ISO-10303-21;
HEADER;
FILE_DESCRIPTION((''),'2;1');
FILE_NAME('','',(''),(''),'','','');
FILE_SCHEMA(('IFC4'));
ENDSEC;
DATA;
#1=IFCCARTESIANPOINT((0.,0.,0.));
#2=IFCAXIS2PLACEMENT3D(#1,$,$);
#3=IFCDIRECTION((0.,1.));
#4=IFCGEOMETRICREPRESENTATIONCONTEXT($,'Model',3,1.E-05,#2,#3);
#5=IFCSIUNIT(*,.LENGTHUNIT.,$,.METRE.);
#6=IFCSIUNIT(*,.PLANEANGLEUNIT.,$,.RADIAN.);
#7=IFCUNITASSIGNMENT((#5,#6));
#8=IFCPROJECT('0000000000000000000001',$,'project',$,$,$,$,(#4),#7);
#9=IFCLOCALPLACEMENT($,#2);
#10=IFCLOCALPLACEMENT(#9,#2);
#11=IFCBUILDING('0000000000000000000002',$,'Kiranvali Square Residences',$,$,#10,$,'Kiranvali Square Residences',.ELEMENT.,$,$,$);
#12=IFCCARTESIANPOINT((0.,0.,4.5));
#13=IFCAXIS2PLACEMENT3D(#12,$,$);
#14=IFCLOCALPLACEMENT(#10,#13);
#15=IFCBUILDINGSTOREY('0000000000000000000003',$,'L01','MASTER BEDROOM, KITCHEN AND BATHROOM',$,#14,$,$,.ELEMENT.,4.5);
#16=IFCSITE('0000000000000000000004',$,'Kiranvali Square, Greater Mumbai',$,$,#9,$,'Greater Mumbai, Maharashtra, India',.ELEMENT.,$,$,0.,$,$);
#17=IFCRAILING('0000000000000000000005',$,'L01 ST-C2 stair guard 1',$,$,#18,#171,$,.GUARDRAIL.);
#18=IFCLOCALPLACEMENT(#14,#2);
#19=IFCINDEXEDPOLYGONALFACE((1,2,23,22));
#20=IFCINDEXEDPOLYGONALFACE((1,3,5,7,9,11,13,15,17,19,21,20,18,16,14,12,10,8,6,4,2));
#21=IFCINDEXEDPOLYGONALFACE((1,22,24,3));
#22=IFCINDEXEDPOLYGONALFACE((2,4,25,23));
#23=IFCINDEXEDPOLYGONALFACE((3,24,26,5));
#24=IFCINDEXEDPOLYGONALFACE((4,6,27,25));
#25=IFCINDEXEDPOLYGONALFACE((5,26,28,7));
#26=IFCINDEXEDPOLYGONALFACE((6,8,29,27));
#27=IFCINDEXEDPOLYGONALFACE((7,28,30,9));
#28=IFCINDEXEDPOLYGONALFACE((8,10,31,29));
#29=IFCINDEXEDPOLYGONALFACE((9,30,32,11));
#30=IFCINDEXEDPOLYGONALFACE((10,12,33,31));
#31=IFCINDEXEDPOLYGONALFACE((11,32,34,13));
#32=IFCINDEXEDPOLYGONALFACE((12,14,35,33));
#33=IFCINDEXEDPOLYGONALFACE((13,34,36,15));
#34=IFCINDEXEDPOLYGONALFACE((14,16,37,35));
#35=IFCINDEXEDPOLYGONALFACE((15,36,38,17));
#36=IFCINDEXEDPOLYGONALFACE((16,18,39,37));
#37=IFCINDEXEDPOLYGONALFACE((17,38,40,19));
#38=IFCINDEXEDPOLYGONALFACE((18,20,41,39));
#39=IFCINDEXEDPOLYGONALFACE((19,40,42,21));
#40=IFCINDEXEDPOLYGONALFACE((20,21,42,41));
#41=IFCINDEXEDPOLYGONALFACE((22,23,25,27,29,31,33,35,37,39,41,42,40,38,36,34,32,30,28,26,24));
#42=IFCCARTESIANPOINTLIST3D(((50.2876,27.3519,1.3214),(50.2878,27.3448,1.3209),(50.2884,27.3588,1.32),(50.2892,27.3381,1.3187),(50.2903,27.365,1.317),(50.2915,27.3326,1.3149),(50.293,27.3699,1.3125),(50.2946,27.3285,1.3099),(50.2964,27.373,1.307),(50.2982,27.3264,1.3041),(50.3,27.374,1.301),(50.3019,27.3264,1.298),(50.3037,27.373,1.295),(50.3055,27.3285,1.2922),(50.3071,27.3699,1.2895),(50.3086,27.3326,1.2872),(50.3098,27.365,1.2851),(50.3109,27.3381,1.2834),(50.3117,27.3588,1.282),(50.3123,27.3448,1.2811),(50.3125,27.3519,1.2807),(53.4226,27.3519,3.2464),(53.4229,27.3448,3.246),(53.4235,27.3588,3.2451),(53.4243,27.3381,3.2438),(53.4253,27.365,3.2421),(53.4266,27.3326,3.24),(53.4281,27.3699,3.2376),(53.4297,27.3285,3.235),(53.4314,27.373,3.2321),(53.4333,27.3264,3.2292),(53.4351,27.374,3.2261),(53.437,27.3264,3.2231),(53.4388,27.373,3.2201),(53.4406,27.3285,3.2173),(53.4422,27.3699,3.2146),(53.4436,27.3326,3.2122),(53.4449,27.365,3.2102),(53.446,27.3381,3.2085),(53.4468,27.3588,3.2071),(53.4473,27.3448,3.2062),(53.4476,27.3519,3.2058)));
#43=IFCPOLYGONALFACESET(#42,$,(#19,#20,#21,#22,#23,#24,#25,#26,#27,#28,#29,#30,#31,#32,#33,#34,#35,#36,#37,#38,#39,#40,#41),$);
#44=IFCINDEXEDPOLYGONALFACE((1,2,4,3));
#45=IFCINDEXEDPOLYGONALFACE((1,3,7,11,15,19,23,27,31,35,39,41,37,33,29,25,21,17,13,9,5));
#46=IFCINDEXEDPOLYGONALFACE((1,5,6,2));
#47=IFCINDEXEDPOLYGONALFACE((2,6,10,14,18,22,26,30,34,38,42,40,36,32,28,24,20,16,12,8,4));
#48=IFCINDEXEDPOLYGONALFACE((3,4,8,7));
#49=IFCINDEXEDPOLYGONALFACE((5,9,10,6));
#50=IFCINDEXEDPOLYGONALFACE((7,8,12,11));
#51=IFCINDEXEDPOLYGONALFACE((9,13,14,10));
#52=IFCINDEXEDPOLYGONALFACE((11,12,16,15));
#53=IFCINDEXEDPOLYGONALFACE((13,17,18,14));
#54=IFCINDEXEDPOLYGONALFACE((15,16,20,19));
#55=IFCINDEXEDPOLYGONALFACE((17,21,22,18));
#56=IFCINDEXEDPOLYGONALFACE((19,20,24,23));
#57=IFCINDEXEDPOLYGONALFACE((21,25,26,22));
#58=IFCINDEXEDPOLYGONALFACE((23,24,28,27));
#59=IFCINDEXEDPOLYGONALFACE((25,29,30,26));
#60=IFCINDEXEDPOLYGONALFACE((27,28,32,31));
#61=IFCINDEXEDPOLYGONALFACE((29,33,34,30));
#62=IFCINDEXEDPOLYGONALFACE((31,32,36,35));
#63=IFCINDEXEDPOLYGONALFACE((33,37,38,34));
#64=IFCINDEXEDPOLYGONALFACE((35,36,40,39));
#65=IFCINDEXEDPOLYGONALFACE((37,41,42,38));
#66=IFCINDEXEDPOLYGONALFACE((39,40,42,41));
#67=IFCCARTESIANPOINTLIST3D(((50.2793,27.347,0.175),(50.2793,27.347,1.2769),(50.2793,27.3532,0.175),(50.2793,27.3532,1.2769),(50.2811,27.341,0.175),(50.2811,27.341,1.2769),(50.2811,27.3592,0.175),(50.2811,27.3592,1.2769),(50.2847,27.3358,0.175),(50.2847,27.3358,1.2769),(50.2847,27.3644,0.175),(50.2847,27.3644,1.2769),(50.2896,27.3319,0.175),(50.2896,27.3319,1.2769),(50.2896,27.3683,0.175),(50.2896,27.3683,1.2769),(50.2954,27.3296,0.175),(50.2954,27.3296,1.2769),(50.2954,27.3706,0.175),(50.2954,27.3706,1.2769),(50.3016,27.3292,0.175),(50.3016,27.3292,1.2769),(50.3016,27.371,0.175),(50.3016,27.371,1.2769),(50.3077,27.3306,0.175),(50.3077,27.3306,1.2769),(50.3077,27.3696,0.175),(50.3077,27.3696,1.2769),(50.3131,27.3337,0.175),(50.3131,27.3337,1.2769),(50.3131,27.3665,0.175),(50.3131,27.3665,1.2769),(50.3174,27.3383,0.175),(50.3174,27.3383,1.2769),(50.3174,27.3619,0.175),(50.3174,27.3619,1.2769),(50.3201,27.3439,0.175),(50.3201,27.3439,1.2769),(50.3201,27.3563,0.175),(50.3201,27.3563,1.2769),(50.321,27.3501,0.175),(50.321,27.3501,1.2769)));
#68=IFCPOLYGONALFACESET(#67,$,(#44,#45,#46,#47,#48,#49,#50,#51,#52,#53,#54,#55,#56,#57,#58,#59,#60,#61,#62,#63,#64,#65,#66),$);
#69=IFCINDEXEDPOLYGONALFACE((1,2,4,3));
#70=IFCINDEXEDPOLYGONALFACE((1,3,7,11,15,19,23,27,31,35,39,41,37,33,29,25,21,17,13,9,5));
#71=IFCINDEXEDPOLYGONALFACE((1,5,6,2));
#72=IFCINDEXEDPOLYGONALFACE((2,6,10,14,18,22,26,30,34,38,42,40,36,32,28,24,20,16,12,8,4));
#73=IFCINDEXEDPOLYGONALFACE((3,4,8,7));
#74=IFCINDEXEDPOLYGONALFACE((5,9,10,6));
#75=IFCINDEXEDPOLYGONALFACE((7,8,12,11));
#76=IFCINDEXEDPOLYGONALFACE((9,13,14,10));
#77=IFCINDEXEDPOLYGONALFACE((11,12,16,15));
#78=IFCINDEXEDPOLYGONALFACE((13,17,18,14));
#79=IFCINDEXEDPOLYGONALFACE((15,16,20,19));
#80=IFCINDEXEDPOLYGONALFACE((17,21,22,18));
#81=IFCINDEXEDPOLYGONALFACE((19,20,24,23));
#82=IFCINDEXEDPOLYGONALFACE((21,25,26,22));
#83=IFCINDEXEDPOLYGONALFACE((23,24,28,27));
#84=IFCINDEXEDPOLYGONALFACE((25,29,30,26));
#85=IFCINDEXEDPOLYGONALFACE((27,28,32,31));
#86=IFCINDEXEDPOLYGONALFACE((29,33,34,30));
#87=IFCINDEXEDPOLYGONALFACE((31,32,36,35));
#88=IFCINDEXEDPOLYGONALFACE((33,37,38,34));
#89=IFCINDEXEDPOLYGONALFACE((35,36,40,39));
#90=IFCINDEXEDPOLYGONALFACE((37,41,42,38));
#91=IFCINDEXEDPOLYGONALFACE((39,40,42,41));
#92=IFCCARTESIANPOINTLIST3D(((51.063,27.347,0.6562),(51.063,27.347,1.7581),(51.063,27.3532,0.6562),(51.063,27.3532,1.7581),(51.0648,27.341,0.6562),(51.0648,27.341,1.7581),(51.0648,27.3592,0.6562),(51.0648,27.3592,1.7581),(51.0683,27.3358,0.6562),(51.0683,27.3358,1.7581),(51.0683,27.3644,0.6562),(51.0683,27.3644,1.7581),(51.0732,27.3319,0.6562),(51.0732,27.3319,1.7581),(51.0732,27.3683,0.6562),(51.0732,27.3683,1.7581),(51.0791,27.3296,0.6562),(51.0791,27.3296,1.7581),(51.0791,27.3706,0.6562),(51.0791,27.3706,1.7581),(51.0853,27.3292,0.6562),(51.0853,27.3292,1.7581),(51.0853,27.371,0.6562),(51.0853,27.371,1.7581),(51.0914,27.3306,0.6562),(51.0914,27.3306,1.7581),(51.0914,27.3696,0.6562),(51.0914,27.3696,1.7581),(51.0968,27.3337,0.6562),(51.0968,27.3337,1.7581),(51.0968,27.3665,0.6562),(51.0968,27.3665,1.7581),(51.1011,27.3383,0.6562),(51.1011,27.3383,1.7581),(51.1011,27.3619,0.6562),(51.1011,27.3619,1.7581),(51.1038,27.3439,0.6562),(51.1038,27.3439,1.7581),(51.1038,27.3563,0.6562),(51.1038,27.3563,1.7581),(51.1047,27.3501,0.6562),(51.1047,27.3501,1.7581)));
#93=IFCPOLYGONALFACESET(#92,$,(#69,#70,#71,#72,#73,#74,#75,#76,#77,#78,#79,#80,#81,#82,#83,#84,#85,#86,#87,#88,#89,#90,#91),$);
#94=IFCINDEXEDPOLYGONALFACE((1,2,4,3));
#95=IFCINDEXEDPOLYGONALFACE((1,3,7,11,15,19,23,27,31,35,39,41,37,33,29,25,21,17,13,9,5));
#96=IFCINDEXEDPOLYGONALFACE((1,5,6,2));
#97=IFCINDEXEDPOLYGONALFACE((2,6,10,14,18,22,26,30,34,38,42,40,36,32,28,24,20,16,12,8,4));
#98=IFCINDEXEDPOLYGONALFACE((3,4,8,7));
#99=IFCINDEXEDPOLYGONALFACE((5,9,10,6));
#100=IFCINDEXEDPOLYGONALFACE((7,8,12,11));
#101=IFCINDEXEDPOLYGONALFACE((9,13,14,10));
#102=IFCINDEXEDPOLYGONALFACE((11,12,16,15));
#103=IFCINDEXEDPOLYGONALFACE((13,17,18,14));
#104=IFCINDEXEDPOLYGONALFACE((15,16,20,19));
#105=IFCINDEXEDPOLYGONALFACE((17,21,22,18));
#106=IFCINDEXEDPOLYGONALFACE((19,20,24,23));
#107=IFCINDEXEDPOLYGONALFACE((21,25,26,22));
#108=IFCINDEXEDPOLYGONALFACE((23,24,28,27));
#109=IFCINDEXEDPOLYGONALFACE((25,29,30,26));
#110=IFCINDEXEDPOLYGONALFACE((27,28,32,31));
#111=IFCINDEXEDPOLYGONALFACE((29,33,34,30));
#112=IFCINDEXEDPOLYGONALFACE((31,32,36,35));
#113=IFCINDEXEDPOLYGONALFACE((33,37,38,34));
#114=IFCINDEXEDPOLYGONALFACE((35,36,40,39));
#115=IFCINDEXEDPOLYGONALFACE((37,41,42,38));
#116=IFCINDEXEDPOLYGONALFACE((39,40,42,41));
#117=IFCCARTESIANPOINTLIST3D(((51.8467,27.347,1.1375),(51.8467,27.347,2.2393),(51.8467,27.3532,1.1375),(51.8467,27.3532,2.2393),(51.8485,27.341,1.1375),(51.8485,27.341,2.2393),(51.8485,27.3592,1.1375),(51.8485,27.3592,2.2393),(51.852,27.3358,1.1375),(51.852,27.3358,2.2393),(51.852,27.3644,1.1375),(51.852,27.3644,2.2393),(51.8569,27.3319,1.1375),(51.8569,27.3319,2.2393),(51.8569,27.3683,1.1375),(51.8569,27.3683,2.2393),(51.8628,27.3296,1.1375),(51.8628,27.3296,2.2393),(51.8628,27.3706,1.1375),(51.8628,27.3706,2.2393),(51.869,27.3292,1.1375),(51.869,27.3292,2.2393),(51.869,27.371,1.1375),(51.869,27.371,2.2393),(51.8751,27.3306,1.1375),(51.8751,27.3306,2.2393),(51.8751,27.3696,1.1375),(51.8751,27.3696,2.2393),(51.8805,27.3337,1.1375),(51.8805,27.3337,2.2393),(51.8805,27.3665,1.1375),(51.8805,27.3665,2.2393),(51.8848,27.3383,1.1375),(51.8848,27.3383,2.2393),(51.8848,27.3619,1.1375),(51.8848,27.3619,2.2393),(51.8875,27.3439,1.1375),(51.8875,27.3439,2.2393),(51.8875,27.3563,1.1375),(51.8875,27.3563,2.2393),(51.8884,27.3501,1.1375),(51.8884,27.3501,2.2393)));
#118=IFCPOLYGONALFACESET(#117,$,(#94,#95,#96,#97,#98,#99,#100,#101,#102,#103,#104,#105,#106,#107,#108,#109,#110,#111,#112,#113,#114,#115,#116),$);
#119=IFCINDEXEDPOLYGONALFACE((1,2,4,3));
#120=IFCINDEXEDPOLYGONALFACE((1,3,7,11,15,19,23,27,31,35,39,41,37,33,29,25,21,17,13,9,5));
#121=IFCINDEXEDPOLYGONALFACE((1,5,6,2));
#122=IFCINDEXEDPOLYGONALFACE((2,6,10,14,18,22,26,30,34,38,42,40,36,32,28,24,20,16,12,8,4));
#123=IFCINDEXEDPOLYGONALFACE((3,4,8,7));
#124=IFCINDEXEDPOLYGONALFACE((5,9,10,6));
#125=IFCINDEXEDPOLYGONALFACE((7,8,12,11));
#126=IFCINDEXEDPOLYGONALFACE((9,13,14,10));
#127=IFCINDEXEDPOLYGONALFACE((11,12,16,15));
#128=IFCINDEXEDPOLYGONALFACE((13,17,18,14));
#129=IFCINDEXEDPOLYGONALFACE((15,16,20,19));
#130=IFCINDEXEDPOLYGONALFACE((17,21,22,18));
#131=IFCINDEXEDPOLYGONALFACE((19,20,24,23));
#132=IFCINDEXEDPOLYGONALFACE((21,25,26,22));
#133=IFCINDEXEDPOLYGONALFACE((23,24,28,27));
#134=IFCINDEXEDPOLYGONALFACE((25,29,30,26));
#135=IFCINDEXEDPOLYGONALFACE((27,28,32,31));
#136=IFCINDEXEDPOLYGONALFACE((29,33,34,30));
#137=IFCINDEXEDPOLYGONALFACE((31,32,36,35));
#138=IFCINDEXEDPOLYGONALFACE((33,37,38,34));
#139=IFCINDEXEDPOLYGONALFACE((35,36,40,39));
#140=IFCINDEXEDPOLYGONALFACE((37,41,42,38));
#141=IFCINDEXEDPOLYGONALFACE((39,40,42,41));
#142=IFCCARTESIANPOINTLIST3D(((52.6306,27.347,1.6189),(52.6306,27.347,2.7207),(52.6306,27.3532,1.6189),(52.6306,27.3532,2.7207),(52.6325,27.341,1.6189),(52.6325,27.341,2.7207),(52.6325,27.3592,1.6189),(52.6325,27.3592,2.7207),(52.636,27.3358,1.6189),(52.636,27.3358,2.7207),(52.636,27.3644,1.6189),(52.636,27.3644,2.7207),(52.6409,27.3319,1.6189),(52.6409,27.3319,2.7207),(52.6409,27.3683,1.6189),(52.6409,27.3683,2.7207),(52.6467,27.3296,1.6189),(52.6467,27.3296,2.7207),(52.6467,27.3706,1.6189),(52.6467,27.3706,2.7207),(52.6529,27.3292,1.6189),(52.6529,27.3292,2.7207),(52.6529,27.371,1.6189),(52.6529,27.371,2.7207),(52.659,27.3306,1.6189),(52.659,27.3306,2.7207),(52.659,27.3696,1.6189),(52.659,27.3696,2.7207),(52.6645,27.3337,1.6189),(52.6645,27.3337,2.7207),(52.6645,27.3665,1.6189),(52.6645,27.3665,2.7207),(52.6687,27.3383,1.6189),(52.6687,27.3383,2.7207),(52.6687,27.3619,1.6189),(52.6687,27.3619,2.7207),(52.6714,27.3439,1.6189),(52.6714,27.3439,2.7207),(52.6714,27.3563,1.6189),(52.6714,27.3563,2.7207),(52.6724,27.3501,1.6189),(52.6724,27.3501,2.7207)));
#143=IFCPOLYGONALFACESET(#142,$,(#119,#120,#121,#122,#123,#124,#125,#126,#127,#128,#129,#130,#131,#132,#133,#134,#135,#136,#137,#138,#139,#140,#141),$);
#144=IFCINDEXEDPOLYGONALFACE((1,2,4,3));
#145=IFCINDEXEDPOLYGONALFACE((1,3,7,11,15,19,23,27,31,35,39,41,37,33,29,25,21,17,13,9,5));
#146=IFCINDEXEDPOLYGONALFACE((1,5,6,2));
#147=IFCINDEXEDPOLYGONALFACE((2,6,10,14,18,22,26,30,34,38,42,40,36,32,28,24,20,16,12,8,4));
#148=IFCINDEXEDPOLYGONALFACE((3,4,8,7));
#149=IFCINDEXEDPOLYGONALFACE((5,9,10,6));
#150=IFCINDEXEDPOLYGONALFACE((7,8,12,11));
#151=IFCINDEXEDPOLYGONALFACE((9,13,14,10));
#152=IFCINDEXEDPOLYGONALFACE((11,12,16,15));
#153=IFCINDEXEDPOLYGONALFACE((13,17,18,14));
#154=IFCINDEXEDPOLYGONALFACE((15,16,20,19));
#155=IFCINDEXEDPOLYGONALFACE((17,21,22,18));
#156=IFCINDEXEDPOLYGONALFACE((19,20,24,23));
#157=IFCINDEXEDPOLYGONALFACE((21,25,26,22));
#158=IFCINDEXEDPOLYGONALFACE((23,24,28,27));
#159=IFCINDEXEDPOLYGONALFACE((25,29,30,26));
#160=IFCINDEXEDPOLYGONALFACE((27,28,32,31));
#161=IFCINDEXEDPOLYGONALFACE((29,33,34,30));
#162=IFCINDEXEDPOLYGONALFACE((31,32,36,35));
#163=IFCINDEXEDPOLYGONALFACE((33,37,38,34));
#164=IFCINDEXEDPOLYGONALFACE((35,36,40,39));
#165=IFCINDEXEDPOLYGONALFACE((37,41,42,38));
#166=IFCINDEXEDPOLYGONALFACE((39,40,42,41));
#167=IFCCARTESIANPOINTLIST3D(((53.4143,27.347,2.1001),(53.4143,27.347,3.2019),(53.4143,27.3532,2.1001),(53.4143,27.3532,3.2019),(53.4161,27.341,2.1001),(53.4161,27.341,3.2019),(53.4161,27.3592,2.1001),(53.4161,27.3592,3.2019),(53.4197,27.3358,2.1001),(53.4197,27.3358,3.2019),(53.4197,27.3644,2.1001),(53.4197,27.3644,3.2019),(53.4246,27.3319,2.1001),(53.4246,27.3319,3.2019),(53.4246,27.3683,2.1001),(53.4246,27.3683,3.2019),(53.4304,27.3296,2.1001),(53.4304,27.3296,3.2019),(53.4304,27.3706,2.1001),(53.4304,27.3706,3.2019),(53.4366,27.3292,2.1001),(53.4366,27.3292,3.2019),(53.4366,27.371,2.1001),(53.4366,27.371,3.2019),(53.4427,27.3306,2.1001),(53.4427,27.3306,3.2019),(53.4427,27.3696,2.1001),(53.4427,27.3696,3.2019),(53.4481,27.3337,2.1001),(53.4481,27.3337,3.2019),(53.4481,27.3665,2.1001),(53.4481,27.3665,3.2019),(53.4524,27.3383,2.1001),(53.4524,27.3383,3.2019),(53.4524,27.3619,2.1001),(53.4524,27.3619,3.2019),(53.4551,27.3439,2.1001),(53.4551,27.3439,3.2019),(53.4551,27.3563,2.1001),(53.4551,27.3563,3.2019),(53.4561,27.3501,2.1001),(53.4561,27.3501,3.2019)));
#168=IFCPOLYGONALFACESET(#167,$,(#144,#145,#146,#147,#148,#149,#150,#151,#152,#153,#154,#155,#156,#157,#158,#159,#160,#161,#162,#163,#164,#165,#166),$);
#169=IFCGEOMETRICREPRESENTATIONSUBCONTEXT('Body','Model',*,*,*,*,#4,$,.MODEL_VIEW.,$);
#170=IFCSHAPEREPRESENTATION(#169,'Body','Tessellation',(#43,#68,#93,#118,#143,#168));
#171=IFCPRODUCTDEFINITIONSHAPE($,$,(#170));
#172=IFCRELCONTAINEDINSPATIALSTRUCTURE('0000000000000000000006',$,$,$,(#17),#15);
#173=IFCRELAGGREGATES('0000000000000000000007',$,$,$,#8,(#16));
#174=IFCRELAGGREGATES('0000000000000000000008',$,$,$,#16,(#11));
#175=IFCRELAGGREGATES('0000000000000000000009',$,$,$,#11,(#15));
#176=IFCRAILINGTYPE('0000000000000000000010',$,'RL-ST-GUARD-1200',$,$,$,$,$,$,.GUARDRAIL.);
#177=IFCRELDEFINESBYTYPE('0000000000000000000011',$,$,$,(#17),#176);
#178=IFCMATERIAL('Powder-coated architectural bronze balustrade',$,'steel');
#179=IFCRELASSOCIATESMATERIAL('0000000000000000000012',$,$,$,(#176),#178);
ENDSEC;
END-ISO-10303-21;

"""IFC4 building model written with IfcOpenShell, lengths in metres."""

from ifc_helpers import new_model, si_unit, direction, frame, origin, origin_2d, place, context, subcontext, project, spatial, circle, extrude, material, type_object, element, save


model = new_model("IFC4")

# Units and contexts
model_context = context("Model", 3, precision=1e-05, world=origin(), true_north=direction((0.0, 1.0)))
body_context = subcontext(model_context, "Body", "Model", "MODEL_VIEW")
ifc_project = project(units=[si_unit("LENGTHUNIT", "METRE"), si_unit("PLANEANGLEUNIT", "RADIAN")], contexts=[model_context])

# Site, building, storey
site_placement = place(None, origin())
site = spatial("IfcSite", under=ifc_project, at=site_placement, Name="Kiranvali Square, Greater Mumbai", LongName="Greater Mumbai, Maharashtra, India", CompositionType="ELEMENT", RefElevation=0.0)
building_placement = place(site_placement, origin())
building = spatial("IfcBuilding", under=site, at=building_placement, Name="Kiranvali Square Residences", LongName="Kiranvali Square Residences", CompositionType="ELEMENT")
storey_placement = place(building_placement, frame((0.0, 0.0, 4.5)))
storey = spatial("IfcBuildingStorey", under=building, at=storey_placement, Name="L01", Description="MASTER BEDROOM, KITCHEN AND BATHROOM", CompositionType="ELEMENT", Elevation=4.5)

# Railing
ifc_material_1 = material(Name="Powder-coated architectural bronze balustrade", Category="steel")
railing_type_1 = type_object("IfcRailingType", Name="RL-ST-GUARD-1200", PredefinedType="GUARDRAIL", material=ifc_material_1)
railing_1_placement = place(storey_placement, frame((50.3, 27.3501, 0.175)))
element("IfcRailing", 1, at=railing_1_placement, inside=storey, type_object=railing_type_1, Name="L01 ST-C2 stair guard 1", PredefinedType="GUARDRAIL", context=body_context, shape_type="SweptSolid", body=[
    extrude(circle(Radius=0.0239, at=origin_2d()), frame((0.0, 0.0, 1.126), z_axis=(0.852166, 0.0, 0.523271), x_axis=(0.0, 1.0, 0.0)), (0.0, 0.0, 1.0), 3.679),
    extrude(circle(Radius=0.021, at=origin_2d()), origin(), (0.0, 0.0, 1.0), 1.1018),
    extrude(circle(Radius=0.021, at=origin_2d()), frame((0.7837, 0.0, 0.4812)), (0.0, 0.0, 1.0), 1.1018),
    extrude(circle(Radius=0.021, at=origin_2d()), frame((1.5674, 0.0, 0.9624)), (0.0, 0.0, 1.0), 1.1018),
    extrude(circle(Radius=0.021, at=origin_2d()), frame((2.3513, 0.0, 1.4438)), (0.0, 0.0, 1.0), 1.1018),
    extrude(circle(Radius=0.021, at=origin_2d()), frame((3.135, 0.0, 1.925)), (0.0, 0.0, 1.0), 1.1018),
])

save(model, "model.ifc")
